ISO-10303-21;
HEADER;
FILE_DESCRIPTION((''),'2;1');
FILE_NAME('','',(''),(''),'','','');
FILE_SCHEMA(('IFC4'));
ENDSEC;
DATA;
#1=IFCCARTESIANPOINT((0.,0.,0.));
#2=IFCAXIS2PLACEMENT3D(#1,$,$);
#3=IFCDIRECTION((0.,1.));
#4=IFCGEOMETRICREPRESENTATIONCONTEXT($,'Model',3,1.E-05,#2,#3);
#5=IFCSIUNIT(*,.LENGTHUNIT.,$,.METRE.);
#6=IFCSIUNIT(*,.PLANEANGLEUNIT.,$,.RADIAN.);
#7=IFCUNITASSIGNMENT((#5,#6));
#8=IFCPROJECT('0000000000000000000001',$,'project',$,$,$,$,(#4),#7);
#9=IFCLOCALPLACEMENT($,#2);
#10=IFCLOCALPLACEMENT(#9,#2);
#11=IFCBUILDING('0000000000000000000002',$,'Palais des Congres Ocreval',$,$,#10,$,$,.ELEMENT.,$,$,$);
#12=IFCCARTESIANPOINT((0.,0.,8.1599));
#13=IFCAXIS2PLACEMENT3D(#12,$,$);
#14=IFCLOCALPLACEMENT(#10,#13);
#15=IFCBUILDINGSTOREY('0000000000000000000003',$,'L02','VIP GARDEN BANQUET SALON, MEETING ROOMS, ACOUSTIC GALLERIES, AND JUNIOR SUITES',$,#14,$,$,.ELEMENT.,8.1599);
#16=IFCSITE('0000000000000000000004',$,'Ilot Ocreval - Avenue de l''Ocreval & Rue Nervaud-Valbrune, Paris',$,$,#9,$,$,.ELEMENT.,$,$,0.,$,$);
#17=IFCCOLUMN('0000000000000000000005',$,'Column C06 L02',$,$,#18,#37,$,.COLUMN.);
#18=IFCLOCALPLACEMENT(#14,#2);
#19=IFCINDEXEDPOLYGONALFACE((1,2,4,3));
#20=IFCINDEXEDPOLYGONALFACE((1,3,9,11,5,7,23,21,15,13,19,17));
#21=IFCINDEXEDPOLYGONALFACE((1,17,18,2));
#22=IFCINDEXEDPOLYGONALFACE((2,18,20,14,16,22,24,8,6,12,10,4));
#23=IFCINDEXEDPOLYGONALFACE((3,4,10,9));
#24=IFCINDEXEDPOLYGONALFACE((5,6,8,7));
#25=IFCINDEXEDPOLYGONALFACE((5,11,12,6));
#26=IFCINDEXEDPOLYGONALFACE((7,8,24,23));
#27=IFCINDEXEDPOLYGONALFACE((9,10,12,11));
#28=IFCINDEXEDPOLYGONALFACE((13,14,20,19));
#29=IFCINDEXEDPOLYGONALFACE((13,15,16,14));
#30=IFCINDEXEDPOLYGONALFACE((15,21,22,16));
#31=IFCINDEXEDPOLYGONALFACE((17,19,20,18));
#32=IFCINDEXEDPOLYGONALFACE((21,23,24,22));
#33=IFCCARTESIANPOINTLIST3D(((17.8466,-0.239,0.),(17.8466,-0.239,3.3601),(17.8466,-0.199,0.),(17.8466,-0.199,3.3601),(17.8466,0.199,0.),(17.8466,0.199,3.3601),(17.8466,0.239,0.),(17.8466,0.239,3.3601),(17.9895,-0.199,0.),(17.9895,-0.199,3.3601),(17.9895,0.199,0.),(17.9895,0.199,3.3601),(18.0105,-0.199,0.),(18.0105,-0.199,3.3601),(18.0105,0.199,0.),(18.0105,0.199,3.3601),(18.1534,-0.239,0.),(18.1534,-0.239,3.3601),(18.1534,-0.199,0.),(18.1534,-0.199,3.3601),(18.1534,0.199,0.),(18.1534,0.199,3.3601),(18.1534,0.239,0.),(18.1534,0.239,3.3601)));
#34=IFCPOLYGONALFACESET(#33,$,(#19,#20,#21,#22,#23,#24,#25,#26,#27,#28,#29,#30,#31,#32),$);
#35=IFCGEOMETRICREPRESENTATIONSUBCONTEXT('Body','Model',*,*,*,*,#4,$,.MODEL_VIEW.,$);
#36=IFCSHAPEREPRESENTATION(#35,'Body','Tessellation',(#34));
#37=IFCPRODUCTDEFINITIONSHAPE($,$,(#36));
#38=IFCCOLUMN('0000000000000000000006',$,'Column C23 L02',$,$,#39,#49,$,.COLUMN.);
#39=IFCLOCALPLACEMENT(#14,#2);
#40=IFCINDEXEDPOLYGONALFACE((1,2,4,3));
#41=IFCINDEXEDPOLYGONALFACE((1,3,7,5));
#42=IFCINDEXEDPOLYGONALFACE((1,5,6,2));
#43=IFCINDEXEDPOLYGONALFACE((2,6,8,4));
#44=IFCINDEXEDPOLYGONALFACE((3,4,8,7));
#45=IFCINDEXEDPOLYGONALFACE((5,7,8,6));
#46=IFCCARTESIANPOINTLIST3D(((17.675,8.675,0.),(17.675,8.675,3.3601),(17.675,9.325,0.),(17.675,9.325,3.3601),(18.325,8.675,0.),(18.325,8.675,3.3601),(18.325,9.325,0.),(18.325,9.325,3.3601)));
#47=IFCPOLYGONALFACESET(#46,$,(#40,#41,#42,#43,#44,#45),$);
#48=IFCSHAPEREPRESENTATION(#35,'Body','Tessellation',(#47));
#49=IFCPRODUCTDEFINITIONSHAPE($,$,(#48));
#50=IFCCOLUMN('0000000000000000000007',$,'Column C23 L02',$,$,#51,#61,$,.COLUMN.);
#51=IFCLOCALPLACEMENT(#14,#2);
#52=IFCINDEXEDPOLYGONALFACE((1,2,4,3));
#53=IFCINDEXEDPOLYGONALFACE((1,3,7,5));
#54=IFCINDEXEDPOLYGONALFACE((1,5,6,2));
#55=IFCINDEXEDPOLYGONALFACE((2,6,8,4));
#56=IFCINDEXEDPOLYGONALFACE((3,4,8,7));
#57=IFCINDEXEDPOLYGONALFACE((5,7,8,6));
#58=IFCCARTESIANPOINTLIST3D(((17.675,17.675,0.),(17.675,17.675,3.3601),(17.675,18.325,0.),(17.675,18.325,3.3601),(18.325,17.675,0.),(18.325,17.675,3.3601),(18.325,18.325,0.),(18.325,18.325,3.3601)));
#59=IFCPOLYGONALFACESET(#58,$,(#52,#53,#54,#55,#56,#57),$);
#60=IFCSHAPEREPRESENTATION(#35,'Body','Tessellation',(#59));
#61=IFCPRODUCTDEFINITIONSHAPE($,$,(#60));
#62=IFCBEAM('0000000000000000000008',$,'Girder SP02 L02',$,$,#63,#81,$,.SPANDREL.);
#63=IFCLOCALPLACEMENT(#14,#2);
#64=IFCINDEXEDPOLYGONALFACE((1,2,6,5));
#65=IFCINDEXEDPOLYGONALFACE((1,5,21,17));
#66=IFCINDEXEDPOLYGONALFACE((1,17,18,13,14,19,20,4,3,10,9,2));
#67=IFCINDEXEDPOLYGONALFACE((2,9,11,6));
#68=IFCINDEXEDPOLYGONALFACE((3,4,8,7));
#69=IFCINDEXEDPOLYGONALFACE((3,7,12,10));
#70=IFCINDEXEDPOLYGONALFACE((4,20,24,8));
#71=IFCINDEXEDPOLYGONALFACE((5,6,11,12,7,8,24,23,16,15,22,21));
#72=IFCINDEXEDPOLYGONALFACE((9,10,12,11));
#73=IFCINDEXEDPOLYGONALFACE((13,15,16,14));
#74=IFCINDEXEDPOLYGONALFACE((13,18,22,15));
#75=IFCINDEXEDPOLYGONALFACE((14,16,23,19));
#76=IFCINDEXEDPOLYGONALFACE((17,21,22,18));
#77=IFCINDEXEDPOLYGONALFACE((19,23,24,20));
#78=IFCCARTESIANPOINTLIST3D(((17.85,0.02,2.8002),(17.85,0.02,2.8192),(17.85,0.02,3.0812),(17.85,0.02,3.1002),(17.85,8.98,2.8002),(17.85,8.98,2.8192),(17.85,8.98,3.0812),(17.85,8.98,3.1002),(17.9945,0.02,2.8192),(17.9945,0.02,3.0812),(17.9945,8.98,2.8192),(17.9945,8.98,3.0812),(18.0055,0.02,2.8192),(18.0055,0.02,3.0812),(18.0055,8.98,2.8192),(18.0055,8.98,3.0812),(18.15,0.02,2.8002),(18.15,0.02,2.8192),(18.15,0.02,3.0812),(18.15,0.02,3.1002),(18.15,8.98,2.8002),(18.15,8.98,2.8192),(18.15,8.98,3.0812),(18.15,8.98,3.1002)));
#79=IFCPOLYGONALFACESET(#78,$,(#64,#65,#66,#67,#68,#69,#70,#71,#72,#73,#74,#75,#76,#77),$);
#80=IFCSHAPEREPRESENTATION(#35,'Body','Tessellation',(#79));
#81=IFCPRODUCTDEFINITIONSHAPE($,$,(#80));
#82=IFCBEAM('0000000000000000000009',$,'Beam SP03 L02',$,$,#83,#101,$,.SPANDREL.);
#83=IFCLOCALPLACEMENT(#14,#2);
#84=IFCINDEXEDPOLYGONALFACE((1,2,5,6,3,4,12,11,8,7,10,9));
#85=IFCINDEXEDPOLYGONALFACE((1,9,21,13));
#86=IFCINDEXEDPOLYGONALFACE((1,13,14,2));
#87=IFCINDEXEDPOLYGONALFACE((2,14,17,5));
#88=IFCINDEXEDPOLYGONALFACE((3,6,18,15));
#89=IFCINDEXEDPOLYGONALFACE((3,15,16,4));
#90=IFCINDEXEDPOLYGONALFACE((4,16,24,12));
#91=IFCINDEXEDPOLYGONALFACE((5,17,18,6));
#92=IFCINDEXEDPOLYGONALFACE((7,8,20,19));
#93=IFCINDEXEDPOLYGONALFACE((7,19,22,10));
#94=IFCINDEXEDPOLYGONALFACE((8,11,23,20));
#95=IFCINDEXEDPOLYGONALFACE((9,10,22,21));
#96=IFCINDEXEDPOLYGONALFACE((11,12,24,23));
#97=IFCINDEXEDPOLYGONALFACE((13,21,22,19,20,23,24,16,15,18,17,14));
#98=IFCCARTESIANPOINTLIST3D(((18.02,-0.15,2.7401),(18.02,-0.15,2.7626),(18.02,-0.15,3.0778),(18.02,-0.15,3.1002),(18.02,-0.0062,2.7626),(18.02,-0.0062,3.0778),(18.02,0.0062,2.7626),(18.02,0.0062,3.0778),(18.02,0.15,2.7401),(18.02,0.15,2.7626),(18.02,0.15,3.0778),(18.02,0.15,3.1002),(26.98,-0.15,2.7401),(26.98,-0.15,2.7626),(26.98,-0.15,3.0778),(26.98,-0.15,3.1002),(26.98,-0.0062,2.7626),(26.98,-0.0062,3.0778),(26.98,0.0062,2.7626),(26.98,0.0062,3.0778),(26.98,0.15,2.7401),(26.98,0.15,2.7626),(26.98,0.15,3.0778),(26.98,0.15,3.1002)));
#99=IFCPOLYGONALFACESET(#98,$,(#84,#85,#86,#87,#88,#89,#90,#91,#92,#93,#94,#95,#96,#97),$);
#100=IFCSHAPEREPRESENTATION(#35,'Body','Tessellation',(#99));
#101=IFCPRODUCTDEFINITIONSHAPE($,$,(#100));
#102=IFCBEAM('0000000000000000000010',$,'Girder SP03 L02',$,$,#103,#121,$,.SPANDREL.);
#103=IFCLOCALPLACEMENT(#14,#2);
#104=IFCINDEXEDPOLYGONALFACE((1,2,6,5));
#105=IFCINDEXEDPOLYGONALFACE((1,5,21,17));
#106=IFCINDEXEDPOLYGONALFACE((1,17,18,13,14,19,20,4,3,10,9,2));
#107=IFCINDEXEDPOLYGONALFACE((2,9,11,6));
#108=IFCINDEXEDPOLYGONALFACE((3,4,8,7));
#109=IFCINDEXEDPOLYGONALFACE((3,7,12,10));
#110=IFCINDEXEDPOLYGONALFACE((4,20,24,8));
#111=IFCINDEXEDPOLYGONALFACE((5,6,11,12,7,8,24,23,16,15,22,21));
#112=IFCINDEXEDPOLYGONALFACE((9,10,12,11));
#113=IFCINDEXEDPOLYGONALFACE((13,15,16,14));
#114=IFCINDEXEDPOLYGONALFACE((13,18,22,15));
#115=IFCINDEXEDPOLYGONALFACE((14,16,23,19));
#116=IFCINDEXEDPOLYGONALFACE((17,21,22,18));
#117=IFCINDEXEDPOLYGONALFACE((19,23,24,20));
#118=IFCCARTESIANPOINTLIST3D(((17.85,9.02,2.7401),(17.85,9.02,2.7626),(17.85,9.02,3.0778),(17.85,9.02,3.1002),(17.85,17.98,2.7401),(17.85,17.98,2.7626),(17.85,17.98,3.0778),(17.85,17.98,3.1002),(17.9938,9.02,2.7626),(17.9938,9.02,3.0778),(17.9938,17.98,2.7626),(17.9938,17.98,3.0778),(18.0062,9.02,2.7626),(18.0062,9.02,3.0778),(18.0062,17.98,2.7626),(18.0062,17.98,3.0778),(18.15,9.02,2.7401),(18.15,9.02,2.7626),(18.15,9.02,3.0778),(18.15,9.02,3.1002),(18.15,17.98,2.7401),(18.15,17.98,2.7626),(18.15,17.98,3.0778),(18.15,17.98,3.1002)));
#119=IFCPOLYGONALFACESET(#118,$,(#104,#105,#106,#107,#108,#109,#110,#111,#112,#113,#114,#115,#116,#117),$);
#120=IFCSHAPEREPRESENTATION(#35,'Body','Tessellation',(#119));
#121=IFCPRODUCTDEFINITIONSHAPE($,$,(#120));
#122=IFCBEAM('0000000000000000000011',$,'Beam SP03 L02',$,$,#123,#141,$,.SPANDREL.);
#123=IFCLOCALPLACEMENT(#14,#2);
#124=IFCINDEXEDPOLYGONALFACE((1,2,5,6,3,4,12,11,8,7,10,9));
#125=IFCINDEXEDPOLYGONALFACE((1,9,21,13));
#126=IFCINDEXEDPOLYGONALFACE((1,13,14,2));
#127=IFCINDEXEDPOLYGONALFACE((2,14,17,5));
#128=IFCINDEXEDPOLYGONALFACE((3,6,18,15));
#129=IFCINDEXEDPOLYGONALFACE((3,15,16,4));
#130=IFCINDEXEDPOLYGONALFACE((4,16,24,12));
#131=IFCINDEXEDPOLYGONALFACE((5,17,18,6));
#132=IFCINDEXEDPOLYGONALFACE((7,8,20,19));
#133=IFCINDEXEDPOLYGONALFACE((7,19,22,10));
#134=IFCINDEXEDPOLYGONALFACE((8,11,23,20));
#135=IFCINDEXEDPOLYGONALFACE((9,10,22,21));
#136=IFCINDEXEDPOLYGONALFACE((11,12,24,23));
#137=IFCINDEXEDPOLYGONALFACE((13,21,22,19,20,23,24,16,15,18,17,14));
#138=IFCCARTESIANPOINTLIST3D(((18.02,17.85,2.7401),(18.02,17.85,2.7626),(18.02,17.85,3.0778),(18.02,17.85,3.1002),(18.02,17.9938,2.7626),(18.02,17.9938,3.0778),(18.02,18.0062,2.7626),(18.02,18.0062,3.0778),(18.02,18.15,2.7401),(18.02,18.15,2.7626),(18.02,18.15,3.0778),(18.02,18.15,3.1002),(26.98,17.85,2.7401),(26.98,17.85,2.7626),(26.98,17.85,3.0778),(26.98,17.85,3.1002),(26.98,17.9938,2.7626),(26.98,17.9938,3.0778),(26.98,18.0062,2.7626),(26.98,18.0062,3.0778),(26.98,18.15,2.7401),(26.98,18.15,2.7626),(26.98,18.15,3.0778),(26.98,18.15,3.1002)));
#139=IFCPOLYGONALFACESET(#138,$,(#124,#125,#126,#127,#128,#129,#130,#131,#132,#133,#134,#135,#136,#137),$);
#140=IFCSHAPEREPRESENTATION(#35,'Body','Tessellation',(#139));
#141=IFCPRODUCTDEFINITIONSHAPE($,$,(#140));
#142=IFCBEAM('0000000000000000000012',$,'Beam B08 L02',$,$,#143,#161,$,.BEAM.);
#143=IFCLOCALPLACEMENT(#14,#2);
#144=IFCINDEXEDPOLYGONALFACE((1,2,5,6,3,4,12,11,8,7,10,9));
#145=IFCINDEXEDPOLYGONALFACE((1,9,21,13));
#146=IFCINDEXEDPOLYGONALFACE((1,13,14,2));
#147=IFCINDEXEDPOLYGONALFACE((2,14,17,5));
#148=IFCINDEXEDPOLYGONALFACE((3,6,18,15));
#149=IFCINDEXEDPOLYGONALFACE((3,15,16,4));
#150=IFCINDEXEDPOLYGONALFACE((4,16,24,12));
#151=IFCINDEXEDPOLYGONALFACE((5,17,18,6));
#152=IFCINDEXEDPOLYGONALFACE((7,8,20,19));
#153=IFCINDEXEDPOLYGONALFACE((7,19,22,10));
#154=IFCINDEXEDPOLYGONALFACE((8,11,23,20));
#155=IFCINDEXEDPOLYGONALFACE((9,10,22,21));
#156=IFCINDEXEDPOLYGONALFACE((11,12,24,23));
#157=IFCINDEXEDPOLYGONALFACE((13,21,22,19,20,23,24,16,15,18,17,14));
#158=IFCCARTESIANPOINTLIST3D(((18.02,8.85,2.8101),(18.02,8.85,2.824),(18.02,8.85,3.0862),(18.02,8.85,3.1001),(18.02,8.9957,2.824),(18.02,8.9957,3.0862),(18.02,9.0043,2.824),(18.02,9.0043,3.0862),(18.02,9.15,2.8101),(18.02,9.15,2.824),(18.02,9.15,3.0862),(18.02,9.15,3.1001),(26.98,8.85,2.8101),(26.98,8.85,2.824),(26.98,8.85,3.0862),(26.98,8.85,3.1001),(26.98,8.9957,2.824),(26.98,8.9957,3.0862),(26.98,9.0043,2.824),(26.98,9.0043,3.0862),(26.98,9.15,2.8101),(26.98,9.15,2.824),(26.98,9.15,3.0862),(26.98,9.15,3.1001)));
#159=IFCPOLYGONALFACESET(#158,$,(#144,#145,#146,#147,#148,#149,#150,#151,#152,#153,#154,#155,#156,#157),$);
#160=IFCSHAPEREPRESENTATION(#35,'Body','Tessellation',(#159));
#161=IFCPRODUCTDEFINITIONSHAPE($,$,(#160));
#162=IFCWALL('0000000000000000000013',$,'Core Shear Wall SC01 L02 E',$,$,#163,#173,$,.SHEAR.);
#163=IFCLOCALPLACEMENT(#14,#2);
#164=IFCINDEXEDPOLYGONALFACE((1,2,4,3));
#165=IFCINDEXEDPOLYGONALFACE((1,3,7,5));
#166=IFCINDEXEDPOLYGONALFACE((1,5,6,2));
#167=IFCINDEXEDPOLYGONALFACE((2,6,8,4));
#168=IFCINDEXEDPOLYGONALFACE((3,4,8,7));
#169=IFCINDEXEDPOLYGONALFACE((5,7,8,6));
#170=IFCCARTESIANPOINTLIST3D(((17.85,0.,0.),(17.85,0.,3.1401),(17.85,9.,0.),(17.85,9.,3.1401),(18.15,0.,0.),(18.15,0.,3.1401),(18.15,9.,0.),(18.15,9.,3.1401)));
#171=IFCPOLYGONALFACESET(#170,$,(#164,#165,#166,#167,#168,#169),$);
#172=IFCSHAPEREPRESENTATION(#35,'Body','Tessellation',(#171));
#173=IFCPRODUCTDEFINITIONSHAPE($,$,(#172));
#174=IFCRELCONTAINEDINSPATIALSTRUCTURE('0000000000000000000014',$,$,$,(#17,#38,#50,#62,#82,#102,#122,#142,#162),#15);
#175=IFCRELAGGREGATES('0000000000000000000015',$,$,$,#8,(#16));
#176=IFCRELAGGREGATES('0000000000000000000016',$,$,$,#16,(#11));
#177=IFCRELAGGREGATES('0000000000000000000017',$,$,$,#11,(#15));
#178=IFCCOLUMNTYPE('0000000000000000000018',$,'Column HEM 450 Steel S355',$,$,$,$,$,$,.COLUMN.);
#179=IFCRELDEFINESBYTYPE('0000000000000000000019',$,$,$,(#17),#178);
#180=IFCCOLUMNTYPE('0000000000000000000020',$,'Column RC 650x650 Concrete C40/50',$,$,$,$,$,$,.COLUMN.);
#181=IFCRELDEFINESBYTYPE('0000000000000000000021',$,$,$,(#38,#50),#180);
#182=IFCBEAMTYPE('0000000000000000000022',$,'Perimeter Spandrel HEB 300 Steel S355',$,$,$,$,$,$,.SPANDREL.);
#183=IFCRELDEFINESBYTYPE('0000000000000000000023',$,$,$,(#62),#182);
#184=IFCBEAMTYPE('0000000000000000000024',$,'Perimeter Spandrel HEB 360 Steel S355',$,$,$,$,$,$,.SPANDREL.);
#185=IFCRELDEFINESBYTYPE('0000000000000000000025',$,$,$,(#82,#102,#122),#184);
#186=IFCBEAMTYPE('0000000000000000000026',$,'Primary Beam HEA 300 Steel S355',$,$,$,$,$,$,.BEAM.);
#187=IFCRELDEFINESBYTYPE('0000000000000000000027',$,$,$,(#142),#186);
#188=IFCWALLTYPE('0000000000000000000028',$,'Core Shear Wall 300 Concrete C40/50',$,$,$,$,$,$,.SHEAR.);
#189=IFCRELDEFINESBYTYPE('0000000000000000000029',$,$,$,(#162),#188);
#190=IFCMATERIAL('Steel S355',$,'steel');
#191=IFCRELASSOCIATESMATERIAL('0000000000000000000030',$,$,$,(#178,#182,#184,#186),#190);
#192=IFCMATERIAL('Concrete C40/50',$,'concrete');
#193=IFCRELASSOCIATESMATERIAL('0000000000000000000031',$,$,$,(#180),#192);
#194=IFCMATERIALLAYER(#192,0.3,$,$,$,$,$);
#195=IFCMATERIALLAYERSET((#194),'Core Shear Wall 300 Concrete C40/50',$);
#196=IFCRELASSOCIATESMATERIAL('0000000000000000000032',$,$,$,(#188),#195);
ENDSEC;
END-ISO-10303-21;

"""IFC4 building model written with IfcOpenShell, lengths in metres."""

from ifc_helpers import new_model, si_unit, direction, frame, frame_2d, origin, origin_2d, place, context, subcontext, project, spatial, rectangle, i_section, extrude, material, layer, layer_set, material_profile, profile_set, type_object, element, save


model = new_model("IFC4")

# Units and contexts
model_context = context("Model", 3, precision=1e-05, world=origin(), true_north=direction((0.0, 1.0)))
body_context = subcontext(model_context, "Body", "Model", "MODEL_VIEW")
ifc_project = project(units=[si_unit("LENGTHUNIT", "METRE"), si_unit("PLANEANGLEUNIT", "RADIAN")], contexts=[model_context])

# Site, building, storey
site_placement = place(None, origin())
site = spatial("IfcSite", under=ifc_project, at=site_placement, Name="Ilot Ocreval - Avenue de l'Ocreval & Rue Nervaud-Valbrune, Paris", CompositionType="ELEMENT", RefElevation=0.0)
building_placement = place(site_placement, origin())
building = spatial("IfcBuilding", under=site, at=building_placement, Name="Palais des Congres Ocreval", CompositionType="ELEMENT")
storey_placement = place(building_placement, frame((0.0, 0.0, 8.1599)))
storey = spatial("IfcBuildingStorey", under=building, at=storey_placement, Name="L02", Description="VIP GARDEN BANQUET SALON, MEETING ROOMS, ACOUSTIC GALLERIES, AND JUNIOR SUITES", CompositionType="ELEMENT", Elevation=8.1599)

# Columns
ifc_material_1 = material(Name="Steel S355", Category="steel")
ifc_material_profile_1 = material_profile(ifc_material_1, i_section(OverallWidth=0.3069, OverallDepth=0.478, WebThickness=0.021, FlangeThickness=0.04, at=origin_2d()), Name="HEM 450")
ifc_profile_set_1 = profile_set([ifc_material_profile_1], Name="Steel S355")
column_type_1 = type_object("IfcColumnType", Name="Column HEM 450 Steel S355", PredefinedType="COLUMN", material=ifc_profile_set_1)
column_placement = place(storey_placement, frame((18.0, 0.0, 0.0), z_axis=(0.0, 0.0, 1.0), x_axis=(1.0, 0.0, 0.0)))
element("IfcColumn", 1, at=column_placement, inside=storey, type_object=column_type_1, Name="Column C06 L02", PredefinedType="COLUMN", context=body_context, shape_type="SweptSolid", body=[
    extrude(i_section(OverallWidth=0.3069, OverallDepth=0.478, WebThickness=0.021, FlangeThickness=0.04, at=origin_2d()), origin(), (0.0, 0.0, 1.0), 3.3601),
])
ifc_material_2 = material(Name="Concrete C40/50", Category="concrete")
ifc_material_profile_2 = material_profile(ifc_material_2, rectangle(XDim=0.6499, YDim=0.6499, at=origin_2d()), Name="RC 650x650")
ifc_profile_set_2 = profile_set([ifc_material_profile_2], Name="Concrete C40/50")
column_type_2 = type_object("IfcColumnType", Name="Column RC 650x650 Concrete C40/50", PredefinedType="COLUMN", material=ifc_profile_set_2)
for number, where, z_axis, x_axis, name in (
    (2, (18.0, 9.0, 0.0), (0.0, 0.0, 1.0), (1.0, 0.0, 0.0), "Column C23 L02"),
    (3, (18.0, 18.0, 0.0), (0.0, 0.0, 1.0), (1.0, 0.0, 0.0), "Column C23 L02"),
):
    element("IfcColumn", number, at=place(storey_placement, frame(where, z_axis=z_axis, x_axis=x_axis)), inside=storey, type_object=column_type_2, Name=name, PredefinedType="COLUMN", context=body_context, shape_type="SweptSolid", body=[
        extrude(rectangle(XDim=0.6499, YDim=0.6499, at=origin_2d()), origin(), (0.0, 0.0, 1.0), 3.3601),
    ])

# Beams
ifc_material_profile_3 = material_profile(ifc_material_1, i_section(OverallWidth=0.3, OverallDepth=0.3, WebThickness=0.011, FlangeThickness=0.019, at=origin_2d()), Name="HEB 300")
ifc_profile_set_3 = profile_set([ifc_material_profile_3], Name="Steel S355")
beam_type_1 = type_object("IfcBeamType", Name="Perimeter Spandrel HEB 300 Steel S355", PredefinedType="SPANDREL", material=ifc_profile_set_3)
beam_1_placement = place(storey_placement, frame((18.0, 0.02, 2.9502), z_axis=(0.0, 1.0, 0.0), x_axis=(-1.0, 0.0, 0.0)))
element("IfcBeam", 4, at=beam_1_placement, inside=storey, type_object=beam_type_1, Name="Girder SP02 L02", PredefinedType="SPANDREL", context=body_context, shape_type="SweptSolid", body=[
    extrude(i_section(OverallWidth=0.3, OverallDepth=0.3, WebThickness=0.011, FlangeThickness=0.019, at=origin_2d()), origin(), (0.0, 0.0, 1.0), 8.96),
])
ifc_material_profile_4 = material_profile(ifc_material_1, i_section(OverallWidth=0.3, OverallDepth=0.3601, WebThickness=0.0125, FlangeThickness=0.0225, at=origin_2d()), Name="HEB 360")
ifc_profile_set_4 = profile_set([ifc_material_profile_4], Name="Steel S355")
beam_type_2 = type_object("IfcBeamType", Name="Perimeter Spandrel HEB 360 Steel S355", PredefinedType="SPANDREL", material=ifc_profile_set_4)
for number, where, z_axis, x_axis, name in (
    (5, (18.02, 0.0, 2.9202), (1.0, 0.0, 0.0), (0.0, 1.0, 0.0), "Beam SP03 L02"),
    (6, (18.0, 9.02, 2.9202), (0.0, 1.0, 0.0), (-1.0, 0.0, 0.0), "Girder SP03 L02"),
    (7, (18.02, 18.0, 2.9202), (1.0, 0.0, 0.0), (0.0, 1.0, 0.0), "Beam SP03 L02"),
):
    element("IfcBeam", number, at=place(storey_placement, frame(where, z_axis=z_axis, x_axis=x_axis)), inside=storey, type_object=beam_type_2, Name=name, PredefinedType="SPANDREL", context=body_context, shape_type="SweptSolid", body=[
        extrude(i_section(OverallWidth=0.3, OverallDepth=0.3601, WebThickness=0.0125, FlangeThickness=0.0225, at=origin_2d()), origin(), (0.0, 0.0, 1.0), 8.96),
    ])
ifc_material_profile_5 = material_profile(ifc_material_1, i_section(OverallWidth=0.3, OverallDepth=0.29, WebThickness=0.0085, FlangeThickness=0.0139, at=origin_2d()), Name="HEA 300")
ifc_profile_set_5 = profile_set([ifc_material_profile_5], Name="Steel S355")
beam_type_3 = type_object("IfcBeamType", Name="Primary Beam HEA 300 Steel S355", PredefinedType="BEAM", material=ifc_profile_set_5)
beam_2_placement = place(storey_placement, frame((18.02, 9.0, 2.9551), z_axis=(1.0, 0.0, 0.0), x_axis=(0.0, 1.0, 0.0)))
element("IfcBeam", 8, at=beam_2_placement, inside=storey, type_object=beam_type_3, Name="Beam B08 L02", PredefinedType="BEAM", context=body_context, shape_type="SweptSolid", body=[
    extrude(i_section(OverallWidth=0.3, OverallDepth=0.29, WebThickness=0.0085, FlangeThickness=0.0139, at=origin_2d()), origin(), (0.0, 0.0, 1.0), 8.96),
])

# Wall
ifc_layer_1 = layer(ifc_material_2, 0.3)
ifc_layer_set_1 = layer_set([ifc_layer_1], Name="Core Shear Wall 300 Concrete C40/50")
wall_type_1 = type_object("IfcWallType", Name="Core Shear Wall 300 Concrete C40/50", PredefinedType="SHEAR", material=ifc_layer_set_1)
wall_1_placement = place(storey_placement, frame((18.0, 0.0, 0.0), z_axis=(0.0, 0.0, 1.0), x_axis=(0.0, 1.0, 0.0)))
element("IfcWall", 9, at=wall_1_placement, inside=storey, type_object=wall_type_1, Name="Core Shear Wall SC01 L02 E", PredefinedType="SHEAR", context=body_context, shape_type="SweptSolid", body=[
    extrude(rectangle(XDim=9.0, YDim=0.3, at=frame_2d((4.5, 0.0))), origin(), (0.0, 0.0, 1.0), 3.1401),
])

save(model, "model.ifc")
